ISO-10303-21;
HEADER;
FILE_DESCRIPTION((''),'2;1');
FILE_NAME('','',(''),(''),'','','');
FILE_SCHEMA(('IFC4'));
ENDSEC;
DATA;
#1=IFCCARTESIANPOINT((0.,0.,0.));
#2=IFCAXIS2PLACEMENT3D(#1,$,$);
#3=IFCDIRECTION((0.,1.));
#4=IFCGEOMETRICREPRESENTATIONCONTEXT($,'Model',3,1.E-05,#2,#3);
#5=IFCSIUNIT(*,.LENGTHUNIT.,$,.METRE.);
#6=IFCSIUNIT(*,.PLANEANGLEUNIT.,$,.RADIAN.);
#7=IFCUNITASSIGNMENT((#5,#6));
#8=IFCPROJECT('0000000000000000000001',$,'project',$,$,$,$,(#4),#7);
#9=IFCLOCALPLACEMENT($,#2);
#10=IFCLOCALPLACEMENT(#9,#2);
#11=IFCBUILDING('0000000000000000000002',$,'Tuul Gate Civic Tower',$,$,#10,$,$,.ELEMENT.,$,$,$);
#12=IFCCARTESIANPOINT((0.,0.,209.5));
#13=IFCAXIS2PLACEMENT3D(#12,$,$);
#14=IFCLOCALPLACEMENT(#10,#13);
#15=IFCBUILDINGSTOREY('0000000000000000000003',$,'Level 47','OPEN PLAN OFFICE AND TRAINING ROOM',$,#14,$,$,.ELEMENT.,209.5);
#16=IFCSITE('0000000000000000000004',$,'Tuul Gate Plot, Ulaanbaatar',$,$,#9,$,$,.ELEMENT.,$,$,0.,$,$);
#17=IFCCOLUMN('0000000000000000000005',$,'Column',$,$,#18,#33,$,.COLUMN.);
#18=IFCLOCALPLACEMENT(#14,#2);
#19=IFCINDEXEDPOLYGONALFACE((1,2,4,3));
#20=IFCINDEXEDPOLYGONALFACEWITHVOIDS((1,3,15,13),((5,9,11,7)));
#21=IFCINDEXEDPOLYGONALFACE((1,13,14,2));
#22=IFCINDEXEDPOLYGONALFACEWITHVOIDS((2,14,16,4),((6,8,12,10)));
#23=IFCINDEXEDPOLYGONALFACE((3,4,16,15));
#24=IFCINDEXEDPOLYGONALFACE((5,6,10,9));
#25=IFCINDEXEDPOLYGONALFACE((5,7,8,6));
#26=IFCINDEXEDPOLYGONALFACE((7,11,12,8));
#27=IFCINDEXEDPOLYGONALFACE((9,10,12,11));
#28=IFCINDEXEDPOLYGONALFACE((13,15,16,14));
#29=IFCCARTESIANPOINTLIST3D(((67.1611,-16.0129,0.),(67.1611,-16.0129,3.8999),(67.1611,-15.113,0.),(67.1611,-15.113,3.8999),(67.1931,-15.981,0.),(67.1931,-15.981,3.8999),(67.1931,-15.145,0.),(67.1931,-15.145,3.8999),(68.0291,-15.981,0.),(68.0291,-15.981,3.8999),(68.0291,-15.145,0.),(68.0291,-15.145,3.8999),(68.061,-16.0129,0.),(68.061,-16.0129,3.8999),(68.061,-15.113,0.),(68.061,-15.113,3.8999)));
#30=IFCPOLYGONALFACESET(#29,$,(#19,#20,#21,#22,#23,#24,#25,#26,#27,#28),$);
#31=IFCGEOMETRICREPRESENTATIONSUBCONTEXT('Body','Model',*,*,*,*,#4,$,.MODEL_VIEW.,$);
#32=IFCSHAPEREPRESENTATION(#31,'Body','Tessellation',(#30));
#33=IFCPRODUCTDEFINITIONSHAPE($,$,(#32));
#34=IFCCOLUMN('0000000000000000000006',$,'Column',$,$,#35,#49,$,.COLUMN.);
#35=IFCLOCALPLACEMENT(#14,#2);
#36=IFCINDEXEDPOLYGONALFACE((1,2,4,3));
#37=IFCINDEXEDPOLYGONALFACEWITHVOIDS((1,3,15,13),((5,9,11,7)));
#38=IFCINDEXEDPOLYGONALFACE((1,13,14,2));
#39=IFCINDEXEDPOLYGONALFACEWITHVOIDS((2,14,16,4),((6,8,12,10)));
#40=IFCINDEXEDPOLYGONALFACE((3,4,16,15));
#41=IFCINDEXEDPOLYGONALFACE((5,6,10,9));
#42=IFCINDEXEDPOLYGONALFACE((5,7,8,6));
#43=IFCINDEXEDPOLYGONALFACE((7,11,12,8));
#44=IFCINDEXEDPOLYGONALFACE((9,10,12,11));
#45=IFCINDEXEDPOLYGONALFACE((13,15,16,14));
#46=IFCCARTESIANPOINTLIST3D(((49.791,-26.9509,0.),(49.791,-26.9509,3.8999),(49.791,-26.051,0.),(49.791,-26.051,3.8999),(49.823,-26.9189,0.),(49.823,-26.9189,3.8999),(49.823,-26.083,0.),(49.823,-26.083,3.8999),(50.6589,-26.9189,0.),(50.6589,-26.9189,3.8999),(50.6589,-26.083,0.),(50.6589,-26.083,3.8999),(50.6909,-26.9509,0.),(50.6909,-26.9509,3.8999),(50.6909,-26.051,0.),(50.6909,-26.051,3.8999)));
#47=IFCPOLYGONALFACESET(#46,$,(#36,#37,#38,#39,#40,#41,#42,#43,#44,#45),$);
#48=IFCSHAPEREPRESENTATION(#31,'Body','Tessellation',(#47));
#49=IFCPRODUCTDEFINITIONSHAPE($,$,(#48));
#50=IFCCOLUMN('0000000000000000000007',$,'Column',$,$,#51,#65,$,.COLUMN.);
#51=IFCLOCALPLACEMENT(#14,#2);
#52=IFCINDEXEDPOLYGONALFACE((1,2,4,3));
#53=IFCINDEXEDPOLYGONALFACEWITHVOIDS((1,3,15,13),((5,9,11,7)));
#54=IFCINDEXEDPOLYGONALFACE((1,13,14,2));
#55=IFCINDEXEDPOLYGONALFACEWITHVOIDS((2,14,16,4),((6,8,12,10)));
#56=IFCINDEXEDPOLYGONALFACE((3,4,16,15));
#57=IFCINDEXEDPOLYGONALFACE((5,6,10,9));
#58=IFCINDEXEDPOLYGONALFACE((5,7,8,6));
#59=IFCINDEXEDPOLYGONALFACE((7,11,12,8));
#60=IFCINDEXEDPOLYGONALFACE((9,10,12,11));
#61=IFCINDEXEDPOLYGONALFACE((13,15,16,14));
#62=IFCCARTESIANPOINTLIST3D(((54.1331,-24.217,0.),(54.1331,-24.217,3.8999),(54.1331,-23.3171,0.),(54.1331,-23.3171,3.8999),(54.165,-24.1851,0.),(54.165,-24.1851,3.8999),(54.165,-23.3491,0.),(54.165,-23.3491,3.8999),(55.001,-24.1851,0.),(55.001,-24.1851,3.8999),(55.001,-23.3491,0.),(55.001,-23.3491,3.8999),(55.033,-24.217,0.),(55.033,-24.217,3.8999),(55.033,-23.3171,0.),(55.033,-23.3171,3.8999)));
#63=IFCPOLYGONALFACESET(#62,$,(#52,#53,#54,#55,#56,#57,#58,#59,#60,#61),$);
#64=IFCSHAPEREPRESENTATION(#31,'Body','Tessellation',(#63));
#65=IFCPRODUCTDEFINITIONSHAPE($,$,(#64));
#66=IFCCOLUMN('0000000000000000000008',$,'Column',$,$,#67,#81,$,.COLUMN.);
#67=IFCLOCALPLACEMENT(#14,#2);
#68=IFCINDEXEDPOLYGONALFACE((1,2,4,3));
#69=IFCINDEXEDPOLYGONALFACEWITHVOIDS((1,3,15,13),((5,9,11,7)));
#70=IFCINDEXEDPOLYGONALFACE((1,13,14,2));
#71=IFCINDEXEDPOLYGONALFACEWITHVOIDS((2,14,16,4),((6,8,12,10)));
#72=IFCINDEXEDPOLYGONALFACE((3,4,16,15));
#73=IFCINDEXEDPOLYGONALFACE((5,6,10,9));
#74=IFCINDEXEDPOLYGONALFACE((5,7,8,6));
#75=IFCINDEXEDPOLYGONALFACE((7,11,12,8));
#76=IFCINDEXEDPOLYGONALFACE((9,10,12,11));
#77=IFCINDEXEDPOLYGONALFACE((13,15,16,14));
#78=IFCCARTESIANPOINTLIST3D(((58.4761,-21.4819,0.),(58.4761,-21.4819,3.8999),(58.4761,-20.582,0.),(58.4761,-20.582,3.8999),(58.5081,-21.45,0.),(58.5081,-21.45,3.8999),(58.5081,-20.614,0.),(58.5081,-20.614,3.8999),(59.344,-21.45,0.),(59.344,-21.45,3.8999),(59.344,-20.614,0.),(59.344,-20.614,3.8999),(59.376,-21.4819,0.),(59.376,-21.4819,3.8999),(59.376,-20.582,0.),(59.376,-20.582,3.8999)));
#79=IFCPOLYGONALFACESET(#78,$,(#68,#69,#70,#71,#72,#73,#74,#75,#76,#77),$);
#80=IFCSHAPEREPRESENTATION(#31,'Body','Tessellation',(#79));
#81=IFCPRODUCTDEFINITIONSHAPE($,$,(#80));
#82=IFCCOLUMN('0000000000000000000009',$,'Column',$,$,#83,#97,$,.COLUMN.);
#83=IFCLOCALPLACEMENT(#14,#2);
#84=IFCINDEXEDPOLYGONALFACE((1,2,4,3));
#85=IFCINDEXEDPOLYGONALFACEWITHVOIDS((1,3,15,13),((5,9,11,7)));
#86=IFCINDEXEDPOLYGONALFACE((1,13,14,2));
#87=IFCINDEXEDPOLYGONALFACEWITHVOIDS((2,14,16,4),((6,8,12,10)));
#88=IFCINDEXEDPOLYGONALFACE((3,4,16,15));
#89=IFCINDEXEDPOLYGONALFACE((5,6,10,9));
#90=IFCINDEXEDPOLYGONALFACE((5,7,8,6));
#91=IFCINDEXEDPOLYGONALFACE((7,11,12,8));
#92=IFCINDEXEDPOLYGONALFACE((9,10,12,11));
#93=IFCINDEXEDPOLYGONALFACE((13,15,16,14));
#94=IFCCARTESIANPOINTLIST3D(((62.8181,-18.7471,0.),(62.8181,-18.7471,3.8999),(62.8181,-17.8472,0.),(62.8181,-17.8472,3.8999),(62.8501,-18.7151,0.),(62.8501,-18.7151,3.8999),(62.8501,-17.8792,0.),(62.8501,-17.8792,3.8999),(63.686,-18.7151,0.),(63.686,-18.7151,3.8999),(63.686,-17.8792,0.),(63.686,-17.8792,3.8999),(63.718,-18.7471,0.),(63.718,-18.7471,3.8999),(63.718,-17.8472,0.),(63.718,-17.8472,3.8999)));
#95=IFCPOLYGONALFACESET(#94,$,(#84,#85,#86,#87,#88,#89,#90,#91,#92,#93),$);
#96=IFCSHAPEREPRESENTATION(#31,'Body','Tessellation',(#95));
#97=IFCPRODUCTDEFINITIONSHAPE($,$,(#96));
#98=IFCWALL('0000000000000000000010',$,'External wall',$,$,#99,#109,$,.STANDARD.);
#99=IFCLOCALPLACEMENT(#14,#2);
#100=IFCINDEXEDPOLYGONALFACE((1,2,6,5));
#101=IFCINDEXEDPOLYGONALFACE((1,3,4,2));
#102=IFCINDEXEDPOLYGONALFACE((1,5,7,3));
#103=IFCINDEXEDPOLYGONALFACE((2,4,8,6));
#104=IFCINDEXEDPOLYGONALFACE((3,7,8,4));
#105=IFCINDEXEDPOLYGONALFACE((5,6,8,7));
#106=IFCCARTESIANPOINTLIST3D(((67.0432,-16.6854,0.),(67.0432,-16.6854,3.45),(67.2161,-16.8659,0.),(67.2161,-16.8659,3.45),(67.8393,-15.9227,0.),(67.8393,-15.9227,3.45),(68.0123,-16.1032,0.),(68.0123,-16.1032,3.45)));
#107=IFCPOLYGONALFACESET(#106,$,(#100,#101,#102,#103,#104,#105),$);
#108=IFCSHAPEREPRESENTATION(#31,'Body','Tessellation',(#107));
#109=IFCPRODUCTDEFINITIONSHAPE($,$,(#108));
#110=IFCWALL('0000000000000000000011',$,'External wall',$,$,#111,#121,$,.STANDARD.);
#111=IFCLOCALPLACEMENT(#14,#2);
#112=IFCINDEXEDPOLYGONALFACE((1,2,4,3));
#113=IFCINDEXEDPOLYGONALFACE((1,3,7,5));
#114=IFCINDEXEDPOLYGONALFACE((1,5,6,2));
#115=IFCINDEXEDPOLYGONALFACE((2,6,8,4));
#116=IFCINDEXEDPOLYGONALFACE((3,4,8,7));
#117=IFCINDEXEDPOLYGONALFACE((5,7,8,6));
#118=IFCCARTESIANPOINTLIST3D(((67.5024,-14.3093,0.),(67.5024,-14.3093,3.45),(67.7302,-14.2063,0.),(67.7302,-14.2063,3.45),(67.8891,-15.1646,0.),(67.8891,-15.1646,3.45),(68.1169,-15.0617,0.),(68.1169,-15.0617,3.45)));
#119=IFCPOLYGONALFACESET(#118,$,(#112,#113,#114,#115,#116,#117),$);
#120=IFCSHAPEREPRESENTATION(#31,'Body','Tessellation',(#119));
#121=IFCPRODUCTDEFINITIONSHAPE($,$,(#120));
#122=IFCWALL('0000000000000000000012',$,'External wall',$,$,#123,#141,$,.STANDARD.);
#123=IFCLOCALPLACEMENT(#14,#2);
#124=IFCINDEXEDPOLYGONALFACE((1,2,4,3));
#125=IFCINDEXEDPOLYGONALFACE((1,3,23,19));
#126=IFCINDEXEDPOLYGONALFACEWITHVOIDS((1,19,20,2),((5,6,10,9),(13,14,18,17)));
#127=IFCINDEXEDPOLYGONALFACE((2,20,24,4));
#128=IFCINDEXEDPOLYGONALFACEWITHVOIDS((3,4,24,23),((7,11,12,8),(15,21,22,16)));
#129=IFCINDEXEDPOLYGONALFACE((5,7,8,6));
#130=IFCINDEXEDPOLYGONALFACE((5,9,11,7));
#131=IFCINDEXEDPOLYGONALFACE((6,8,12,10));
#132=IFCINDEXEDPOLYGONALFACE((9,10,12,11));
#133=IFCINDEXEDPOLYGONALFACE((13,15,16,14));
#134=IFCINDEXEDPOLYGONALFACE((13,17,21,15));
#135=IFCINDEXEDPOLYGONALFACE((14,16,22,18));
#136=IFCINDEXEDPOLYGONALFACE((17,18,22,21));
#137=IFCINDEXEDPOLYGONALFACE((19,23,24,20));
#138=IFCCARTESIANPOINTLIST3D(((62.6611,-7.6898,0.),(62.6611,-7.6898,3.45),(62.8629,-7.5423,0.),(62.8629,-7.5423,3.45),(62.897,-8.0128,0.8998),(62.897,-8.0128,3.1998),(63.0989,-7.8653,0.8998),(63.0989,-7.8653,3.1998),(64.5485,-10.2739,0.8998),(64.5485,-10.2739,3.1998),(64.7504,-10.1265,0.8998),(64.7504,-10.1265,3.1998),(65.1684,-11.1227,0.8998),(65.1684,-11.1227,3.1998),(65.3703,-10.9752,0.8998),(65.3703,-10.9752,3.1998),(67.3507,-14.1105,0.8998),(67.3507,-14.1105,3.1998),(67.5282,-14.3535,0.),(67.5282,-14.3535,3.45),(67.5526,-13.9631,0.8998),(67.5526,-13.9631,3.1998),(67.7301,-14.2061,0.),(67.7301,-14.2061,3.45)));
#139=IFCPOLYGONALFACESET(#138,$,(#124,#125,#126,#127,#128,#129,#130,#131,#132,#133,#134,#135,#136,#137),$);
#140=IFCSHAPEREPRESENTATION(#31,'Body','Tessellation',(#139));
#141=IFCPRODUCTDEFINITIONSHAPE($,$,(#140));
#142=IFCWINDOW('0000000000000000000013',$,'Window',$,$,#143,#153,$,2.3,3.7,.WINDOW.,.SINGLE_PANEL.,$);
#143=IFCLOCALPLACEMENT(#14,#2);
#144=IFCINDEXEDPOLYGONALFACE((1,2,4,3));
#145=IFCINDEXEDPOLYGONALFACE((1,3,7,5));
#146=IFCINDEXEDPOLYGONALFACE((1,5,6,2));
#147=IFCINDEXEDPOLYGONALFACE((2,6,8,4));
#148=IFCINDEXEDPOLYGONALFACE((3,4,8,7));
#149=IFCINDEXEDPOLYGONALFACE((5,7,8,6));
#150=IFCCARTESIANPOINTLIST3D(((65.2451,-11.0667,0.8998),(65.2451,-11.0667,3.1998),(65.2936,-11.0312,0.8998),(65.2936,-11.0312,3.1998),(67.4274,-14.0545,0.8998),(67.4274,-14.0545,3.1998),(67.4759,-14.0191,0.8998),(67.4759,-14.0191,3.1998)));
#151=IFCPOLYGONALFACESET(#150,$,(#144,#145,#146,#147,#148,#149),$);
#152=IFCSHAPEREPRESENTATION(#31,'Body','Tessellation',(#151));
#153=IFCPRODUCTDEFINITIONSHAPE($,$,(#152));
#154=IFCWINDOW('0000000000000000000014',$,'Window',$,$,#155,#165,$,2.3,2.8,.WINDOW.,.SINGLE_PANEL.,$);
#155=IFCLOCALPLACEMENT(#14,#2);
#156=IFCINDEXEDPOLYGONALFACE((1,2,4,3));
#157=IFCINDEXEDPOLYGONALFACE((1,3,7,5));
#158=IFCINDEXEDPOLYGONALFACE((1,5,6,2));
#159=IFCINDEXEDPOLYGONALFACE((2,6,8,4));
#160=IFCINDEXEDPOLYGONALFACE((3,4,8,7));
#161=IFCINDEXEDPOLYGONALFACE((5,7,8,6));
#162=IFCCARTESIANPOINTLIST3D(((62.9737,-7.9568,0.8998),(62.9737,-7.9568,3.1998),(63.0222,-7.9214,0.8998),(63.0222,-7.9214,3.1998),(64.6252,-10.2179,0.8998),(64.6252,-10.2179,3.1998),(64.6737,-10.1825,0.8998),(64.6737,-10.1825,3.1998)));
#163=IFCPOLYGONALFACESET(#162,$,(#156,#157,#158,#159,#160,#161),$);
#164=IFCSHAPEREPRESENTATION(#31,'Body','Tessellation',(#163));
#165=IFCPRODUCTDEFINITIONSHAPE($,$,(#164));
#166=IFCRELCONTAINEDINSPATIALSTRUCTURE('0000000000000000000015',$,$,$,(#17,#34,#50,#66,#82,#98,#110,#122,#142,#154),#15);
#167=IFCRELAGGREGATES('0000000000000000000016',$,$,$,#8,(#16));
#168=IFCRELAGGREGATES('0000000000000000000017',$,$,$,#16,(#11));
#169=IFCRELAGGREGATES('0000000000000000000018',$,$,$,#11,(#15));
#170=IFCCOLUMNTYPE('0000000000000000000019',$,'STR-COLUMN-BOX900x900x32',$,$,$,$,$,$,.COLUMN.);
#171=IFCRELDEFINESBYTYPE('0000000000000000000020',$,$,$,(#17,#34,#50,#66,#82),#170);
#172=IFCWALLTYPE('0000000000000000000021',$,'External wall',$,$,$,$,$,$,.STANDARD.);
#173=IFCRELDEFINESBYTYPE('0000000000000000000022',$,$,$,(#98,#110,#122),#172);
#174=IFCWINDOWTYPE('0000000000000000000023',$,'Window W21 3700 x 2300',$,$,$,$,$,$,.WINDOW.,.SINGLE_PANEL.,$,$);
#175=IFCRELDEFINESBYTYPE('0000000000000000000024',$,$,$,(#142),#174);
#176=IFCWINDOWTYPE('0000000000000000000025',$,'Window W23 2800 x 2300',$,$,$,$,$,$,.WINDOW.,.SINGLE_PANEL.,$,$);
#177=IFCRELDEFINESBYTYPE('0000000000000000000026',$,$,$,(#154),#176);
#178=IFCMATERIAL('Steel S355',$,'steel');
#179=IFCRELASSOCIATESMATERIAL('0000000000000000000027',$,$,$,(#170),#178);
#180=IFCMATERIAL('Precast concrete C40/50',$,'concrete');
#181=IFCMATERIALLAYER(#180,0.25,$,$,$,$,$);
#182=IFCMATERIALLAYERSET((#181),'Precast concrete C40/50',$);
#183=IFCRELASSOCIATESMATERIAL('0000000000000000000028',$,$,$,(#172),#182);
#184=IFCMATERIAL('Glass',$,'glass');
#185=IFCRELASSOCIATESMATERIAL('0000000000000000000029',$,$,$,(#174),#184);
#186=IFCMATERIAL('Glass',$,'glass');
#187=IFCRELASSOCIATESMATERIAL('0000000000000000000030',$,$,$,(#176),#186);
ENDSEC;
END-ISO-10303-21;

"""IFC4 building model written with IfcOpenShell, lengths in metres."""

from ifc_helpers import new_model, si_unit, direction, frame, frame_2d, origin, origin_2d, place, context, subcontext, project, spatial, rectangle, hollow_rectangle, extrude, material, layer, layer_set, material_profile, profile_set, type_object, element, fill, save


model = new_model("IFC4")

# Units and contexts
model_context = context("Model", 3, precision=1e-05, world=origin(), true_north=direction((0.0, 1.0)))
body_context = subcontext(model_context, "Body", "Model", "MODEL_VIEW")
ifc_project = project(units=[si_unit("LENGTHUNIT", "METRE"), si_unit("PLANEANGLEUNIT", "RADIAN")], contexts=[model_context])

# Site, building, storey
site_placement = place(None, origin())
site = spatial("IfcSite", under=ifc_project, at=site_placement, Name="Tuul Gate Plot, Ulaanbaatar", CompositionType="ELEMENT", RefElevation=0.0)
building_placement = place(site_placement, origin())
building = spatial("IfcBuilding", under=site, at=building_placement, Name="Tuul Gate Civic Tower", CompositionType="ELEMENT")
storey_placement = place(building_placement, frame((0.0, 0.0, 209.5)))
storey = spatial("IfcBuildingStorey", under=building, at=storey_placement, Name="Level 47", Description="OPEN PLAN OFFICE AND TRAINING ROOM", CompositionType="ELEMENT", Elevation=209.5)

# Columns
ifc_material_1 = material(Name="Steel S355", Category="steel")
ifc_material_profile_1 = material_profile(ifc_material_1, hollow_rectangle(XDim=0.8999, YDim=0.8999, WallThickness=0.032, at=origin_2d()), Name="BOX900x900x32")
ifc_profile_set_1 = profile_set([ifc_material_profile_1], Name="Steel S355")
column_type = type_object("IfcColumnType", Name="STR-COLUMN-BOX900x900x32", PredefinedType="COLUMN", material=ifc_profile_set_1)
for number, where, z_axis, x_axis, name in (
    (1, (67.6111, -15.563, 0.0), (0.0, 0.0, 1.0), (1.0, 0.0, 0.0), "Column"),
    (2, (50.241, -26.501, 0.0), (0.0, 0.0, 1.0), (1.0, 0.0, 0.0), "Column"),
    (3, (54.583, -23.7671, 0.0), (0.0, 0.0, 1.0), (1.0, 0.0, 0.0), "Column"),
    (4, (58.926, -21.032, 0.0), (0.0, 0.0, 1.0), (1.0, 0.0, 0.0), "Column"),
    (5, (63.2681, -18.2971, 0.0), (0.0, 0.0, 1.0), (1.0, 0.0, 0.0), "Column"),
):
    element("IfcColumn", number, at=place(storey_placement, frame(where, z_axis=z_axis, x_axis=x_axis)), inside=storey, type_object=column_type, Name=name, PredefinedType="COLUMN", context=body_context, shape_type="SweptSolid", body=[
        extrude(hollow_rectangle(XDim=0.8999, YDim=0.8999, WallThickness=0.032, at=origin_2d()), origin(), (0.0, 0.0, 1.0), 3.8999),
    ])

# Walls
ifc_material_2 = material(Name="Precast concrete C40/50", Category="concrete")
ifc_layer = layer(ifc_material_2, 0.25)
ifc_layer_set = layer_set([ifc_layer], Name="Precast concrete C40/50")
wall_type = type_object("IfcWallType", Name="External wall", PredefinedType="STANDARD", material=ifc_layer_set)
wall_1_placement = place(storey_placement, frame((67.1296, -16.7756, 0.0), z_axis=(0.0, 0.0, 1.0), x_axis=(0.722113, 0.691775, 0.0)))
element("IfcWall", 6, at=wall_1_placement, inside=storey, type_object=wall_type, Name="External wall", PredefinedType="STANDARD", context=body_context, shape_type="SweptSolid", body=[
    extrude(rectangle(XDim=1.1025, YDim=0.25, at=frame_2d((0.5513, 0.0))), origin(), (0.0, 0.0, 1.0), 3.45),
])
wall_2_placement = place(storey_placement, frame((68.0029, -15.113, 0.0), z_axis=(0.0, 0.0, 1.0), x_axis=(-0.411921, 0.911219, 0.0)))
element("IfcWall", 7, at=wall_2_placement, inside=storey, type_object=wall_type, Name="External wall", PredefinedType="STANDARD", context=body_context, shape_type="SweptSolid", body=[
    extrude(rectangle(XDim=0.9387, YDim=0.25, at=frame_2d((0.4692, 0.0))), origin(), (0.0, 0.0, 1.0), 3.45),
])

# Wall, openings, windows
wall_3_placement = place(storey_placement, frame((67.6292, -14.2798, 0.0), z_axis=(0.0, 0.0, 1.0), x_axis=(-0.589817, 0.807537, 0.0)))
wall_3 = element("IfcWall", 8, at=wall_3_placement, inside=storey, type_object=wall_type, Name="External wall", PredefinedType="STANDARD", context=body_context, shape_type="SweptSolid", body=[
    extrude(rectangle(XDim=8.252, YDim=0.25, at=frame_2d((4.126, 0.0))), origin(), (0.0, 0.0, 1.0), 3.45),
])
opening_1_placement = place(wall_3_placement, frame((0.3008, 0.0, 0.8999)))
opening_1 = element("IfcOpeningElement", 9, at=opening_1_placement, cuts=wall_3, PredefinedType="OPENING", context=body_context, shape_type="SweptSolid", body=[
    extrude(rectangle(XDim=3.7, YDim=2.3, at=frame_2d((1.8501, 1.1499))), frame((0.0, 0.135, 0.0), z_axis=(0.0, -1.0, 0.0), x_axis=(1.0, 0.0, 0.0)), (0.0, 0.0, 1.0), 0.27),
])
opening_2_placement = place(wall_3_placement, frame((5.052, 0.0, 0.8999)))
opening_2 = element("IfcOpeningElement", 10, at=opening_2_placement, cuts=wall_3, PredefinedType="OPENING", context=body_context, shape_type="SweptSolid", body=[
    extrude(rectangle(XDim=2.8, YDim=2.3, at=frame_2d((1.3999, 1.1499))), frame((0.0, 0.135, 0.0), z_axis=(0.0, -1.0, 0.0), x_axis=(1.0, 0.0, 0.0)), (0.0, 0.0, 1.0), 0.27),
])
ifc_material_3 = material(Name="Glass", Category="glass")
window_type_1 = type_object("IfcWindowType", Name="Window W21 3700 x 2300", PartitioningType="SINGLE_PANEL", PredefinedType="WINDOW", material=ifc_material_3)
window_1_placement = place(opening_1_placement, origin())
window_1 = element("IfcWindow", 11, at=window_1_placement, inside=storey, type_object=window_type_1, Name="Window", OverallHeight=2.3, OverallWidth=3.7, PartitioningType="SINGLE_PANEL", PredefinedType="WINDOW", context=body_context, shape_type="SweptSolid", body=[
    extrude(rectangle(XDim=3.7, YDim=2.3, at=frame_2d((1.8501, 1.1499))), frame((0.0, 0.03, 0.0), z_axis=(0.0, -1.0, 0.0), x_axis=(1.0, 0.0, 0.0)), (0.0, 0.0, 1.0), 0.0601),
])
fill(opening_1, window_1)
ifc_material_4 = material(Name="Glass", Category="glass")
window_type_2 = type_object("IfcWindowType", Name="Window W23 2800 x 2300", PartitioningType="SINGLE_PANEL", PredefinedType="WINDOW", material=ifc_material_4)
window_2_placement = place(opening_2_placement, origin())
window_2 = element("IfcWindow", 12, at=window_2_placement, inside=storey, type_object=window_type_2, Name="Window", OverallHeight=2.3, OverallWidth=2.8, PartitioningType="SINGLE_PANEL", PredefinedType="WINDOW", context=body_context, shape_type="SweptSolid", body=[
    extrude(rectangle(XDim=2.8, YDim=2.3, at=frame_2d((1.3999, 1.1499))), frame((0.0, 0.03, 0.0), z_axis=(0.0, -1.0, 0.0), x_axis=(1.0, 0.0, 0.0)), (0.0, 0.0, 1.0), 0.0601),
])
fill(opening_2, window_2)

save(model, "model.ifc")
